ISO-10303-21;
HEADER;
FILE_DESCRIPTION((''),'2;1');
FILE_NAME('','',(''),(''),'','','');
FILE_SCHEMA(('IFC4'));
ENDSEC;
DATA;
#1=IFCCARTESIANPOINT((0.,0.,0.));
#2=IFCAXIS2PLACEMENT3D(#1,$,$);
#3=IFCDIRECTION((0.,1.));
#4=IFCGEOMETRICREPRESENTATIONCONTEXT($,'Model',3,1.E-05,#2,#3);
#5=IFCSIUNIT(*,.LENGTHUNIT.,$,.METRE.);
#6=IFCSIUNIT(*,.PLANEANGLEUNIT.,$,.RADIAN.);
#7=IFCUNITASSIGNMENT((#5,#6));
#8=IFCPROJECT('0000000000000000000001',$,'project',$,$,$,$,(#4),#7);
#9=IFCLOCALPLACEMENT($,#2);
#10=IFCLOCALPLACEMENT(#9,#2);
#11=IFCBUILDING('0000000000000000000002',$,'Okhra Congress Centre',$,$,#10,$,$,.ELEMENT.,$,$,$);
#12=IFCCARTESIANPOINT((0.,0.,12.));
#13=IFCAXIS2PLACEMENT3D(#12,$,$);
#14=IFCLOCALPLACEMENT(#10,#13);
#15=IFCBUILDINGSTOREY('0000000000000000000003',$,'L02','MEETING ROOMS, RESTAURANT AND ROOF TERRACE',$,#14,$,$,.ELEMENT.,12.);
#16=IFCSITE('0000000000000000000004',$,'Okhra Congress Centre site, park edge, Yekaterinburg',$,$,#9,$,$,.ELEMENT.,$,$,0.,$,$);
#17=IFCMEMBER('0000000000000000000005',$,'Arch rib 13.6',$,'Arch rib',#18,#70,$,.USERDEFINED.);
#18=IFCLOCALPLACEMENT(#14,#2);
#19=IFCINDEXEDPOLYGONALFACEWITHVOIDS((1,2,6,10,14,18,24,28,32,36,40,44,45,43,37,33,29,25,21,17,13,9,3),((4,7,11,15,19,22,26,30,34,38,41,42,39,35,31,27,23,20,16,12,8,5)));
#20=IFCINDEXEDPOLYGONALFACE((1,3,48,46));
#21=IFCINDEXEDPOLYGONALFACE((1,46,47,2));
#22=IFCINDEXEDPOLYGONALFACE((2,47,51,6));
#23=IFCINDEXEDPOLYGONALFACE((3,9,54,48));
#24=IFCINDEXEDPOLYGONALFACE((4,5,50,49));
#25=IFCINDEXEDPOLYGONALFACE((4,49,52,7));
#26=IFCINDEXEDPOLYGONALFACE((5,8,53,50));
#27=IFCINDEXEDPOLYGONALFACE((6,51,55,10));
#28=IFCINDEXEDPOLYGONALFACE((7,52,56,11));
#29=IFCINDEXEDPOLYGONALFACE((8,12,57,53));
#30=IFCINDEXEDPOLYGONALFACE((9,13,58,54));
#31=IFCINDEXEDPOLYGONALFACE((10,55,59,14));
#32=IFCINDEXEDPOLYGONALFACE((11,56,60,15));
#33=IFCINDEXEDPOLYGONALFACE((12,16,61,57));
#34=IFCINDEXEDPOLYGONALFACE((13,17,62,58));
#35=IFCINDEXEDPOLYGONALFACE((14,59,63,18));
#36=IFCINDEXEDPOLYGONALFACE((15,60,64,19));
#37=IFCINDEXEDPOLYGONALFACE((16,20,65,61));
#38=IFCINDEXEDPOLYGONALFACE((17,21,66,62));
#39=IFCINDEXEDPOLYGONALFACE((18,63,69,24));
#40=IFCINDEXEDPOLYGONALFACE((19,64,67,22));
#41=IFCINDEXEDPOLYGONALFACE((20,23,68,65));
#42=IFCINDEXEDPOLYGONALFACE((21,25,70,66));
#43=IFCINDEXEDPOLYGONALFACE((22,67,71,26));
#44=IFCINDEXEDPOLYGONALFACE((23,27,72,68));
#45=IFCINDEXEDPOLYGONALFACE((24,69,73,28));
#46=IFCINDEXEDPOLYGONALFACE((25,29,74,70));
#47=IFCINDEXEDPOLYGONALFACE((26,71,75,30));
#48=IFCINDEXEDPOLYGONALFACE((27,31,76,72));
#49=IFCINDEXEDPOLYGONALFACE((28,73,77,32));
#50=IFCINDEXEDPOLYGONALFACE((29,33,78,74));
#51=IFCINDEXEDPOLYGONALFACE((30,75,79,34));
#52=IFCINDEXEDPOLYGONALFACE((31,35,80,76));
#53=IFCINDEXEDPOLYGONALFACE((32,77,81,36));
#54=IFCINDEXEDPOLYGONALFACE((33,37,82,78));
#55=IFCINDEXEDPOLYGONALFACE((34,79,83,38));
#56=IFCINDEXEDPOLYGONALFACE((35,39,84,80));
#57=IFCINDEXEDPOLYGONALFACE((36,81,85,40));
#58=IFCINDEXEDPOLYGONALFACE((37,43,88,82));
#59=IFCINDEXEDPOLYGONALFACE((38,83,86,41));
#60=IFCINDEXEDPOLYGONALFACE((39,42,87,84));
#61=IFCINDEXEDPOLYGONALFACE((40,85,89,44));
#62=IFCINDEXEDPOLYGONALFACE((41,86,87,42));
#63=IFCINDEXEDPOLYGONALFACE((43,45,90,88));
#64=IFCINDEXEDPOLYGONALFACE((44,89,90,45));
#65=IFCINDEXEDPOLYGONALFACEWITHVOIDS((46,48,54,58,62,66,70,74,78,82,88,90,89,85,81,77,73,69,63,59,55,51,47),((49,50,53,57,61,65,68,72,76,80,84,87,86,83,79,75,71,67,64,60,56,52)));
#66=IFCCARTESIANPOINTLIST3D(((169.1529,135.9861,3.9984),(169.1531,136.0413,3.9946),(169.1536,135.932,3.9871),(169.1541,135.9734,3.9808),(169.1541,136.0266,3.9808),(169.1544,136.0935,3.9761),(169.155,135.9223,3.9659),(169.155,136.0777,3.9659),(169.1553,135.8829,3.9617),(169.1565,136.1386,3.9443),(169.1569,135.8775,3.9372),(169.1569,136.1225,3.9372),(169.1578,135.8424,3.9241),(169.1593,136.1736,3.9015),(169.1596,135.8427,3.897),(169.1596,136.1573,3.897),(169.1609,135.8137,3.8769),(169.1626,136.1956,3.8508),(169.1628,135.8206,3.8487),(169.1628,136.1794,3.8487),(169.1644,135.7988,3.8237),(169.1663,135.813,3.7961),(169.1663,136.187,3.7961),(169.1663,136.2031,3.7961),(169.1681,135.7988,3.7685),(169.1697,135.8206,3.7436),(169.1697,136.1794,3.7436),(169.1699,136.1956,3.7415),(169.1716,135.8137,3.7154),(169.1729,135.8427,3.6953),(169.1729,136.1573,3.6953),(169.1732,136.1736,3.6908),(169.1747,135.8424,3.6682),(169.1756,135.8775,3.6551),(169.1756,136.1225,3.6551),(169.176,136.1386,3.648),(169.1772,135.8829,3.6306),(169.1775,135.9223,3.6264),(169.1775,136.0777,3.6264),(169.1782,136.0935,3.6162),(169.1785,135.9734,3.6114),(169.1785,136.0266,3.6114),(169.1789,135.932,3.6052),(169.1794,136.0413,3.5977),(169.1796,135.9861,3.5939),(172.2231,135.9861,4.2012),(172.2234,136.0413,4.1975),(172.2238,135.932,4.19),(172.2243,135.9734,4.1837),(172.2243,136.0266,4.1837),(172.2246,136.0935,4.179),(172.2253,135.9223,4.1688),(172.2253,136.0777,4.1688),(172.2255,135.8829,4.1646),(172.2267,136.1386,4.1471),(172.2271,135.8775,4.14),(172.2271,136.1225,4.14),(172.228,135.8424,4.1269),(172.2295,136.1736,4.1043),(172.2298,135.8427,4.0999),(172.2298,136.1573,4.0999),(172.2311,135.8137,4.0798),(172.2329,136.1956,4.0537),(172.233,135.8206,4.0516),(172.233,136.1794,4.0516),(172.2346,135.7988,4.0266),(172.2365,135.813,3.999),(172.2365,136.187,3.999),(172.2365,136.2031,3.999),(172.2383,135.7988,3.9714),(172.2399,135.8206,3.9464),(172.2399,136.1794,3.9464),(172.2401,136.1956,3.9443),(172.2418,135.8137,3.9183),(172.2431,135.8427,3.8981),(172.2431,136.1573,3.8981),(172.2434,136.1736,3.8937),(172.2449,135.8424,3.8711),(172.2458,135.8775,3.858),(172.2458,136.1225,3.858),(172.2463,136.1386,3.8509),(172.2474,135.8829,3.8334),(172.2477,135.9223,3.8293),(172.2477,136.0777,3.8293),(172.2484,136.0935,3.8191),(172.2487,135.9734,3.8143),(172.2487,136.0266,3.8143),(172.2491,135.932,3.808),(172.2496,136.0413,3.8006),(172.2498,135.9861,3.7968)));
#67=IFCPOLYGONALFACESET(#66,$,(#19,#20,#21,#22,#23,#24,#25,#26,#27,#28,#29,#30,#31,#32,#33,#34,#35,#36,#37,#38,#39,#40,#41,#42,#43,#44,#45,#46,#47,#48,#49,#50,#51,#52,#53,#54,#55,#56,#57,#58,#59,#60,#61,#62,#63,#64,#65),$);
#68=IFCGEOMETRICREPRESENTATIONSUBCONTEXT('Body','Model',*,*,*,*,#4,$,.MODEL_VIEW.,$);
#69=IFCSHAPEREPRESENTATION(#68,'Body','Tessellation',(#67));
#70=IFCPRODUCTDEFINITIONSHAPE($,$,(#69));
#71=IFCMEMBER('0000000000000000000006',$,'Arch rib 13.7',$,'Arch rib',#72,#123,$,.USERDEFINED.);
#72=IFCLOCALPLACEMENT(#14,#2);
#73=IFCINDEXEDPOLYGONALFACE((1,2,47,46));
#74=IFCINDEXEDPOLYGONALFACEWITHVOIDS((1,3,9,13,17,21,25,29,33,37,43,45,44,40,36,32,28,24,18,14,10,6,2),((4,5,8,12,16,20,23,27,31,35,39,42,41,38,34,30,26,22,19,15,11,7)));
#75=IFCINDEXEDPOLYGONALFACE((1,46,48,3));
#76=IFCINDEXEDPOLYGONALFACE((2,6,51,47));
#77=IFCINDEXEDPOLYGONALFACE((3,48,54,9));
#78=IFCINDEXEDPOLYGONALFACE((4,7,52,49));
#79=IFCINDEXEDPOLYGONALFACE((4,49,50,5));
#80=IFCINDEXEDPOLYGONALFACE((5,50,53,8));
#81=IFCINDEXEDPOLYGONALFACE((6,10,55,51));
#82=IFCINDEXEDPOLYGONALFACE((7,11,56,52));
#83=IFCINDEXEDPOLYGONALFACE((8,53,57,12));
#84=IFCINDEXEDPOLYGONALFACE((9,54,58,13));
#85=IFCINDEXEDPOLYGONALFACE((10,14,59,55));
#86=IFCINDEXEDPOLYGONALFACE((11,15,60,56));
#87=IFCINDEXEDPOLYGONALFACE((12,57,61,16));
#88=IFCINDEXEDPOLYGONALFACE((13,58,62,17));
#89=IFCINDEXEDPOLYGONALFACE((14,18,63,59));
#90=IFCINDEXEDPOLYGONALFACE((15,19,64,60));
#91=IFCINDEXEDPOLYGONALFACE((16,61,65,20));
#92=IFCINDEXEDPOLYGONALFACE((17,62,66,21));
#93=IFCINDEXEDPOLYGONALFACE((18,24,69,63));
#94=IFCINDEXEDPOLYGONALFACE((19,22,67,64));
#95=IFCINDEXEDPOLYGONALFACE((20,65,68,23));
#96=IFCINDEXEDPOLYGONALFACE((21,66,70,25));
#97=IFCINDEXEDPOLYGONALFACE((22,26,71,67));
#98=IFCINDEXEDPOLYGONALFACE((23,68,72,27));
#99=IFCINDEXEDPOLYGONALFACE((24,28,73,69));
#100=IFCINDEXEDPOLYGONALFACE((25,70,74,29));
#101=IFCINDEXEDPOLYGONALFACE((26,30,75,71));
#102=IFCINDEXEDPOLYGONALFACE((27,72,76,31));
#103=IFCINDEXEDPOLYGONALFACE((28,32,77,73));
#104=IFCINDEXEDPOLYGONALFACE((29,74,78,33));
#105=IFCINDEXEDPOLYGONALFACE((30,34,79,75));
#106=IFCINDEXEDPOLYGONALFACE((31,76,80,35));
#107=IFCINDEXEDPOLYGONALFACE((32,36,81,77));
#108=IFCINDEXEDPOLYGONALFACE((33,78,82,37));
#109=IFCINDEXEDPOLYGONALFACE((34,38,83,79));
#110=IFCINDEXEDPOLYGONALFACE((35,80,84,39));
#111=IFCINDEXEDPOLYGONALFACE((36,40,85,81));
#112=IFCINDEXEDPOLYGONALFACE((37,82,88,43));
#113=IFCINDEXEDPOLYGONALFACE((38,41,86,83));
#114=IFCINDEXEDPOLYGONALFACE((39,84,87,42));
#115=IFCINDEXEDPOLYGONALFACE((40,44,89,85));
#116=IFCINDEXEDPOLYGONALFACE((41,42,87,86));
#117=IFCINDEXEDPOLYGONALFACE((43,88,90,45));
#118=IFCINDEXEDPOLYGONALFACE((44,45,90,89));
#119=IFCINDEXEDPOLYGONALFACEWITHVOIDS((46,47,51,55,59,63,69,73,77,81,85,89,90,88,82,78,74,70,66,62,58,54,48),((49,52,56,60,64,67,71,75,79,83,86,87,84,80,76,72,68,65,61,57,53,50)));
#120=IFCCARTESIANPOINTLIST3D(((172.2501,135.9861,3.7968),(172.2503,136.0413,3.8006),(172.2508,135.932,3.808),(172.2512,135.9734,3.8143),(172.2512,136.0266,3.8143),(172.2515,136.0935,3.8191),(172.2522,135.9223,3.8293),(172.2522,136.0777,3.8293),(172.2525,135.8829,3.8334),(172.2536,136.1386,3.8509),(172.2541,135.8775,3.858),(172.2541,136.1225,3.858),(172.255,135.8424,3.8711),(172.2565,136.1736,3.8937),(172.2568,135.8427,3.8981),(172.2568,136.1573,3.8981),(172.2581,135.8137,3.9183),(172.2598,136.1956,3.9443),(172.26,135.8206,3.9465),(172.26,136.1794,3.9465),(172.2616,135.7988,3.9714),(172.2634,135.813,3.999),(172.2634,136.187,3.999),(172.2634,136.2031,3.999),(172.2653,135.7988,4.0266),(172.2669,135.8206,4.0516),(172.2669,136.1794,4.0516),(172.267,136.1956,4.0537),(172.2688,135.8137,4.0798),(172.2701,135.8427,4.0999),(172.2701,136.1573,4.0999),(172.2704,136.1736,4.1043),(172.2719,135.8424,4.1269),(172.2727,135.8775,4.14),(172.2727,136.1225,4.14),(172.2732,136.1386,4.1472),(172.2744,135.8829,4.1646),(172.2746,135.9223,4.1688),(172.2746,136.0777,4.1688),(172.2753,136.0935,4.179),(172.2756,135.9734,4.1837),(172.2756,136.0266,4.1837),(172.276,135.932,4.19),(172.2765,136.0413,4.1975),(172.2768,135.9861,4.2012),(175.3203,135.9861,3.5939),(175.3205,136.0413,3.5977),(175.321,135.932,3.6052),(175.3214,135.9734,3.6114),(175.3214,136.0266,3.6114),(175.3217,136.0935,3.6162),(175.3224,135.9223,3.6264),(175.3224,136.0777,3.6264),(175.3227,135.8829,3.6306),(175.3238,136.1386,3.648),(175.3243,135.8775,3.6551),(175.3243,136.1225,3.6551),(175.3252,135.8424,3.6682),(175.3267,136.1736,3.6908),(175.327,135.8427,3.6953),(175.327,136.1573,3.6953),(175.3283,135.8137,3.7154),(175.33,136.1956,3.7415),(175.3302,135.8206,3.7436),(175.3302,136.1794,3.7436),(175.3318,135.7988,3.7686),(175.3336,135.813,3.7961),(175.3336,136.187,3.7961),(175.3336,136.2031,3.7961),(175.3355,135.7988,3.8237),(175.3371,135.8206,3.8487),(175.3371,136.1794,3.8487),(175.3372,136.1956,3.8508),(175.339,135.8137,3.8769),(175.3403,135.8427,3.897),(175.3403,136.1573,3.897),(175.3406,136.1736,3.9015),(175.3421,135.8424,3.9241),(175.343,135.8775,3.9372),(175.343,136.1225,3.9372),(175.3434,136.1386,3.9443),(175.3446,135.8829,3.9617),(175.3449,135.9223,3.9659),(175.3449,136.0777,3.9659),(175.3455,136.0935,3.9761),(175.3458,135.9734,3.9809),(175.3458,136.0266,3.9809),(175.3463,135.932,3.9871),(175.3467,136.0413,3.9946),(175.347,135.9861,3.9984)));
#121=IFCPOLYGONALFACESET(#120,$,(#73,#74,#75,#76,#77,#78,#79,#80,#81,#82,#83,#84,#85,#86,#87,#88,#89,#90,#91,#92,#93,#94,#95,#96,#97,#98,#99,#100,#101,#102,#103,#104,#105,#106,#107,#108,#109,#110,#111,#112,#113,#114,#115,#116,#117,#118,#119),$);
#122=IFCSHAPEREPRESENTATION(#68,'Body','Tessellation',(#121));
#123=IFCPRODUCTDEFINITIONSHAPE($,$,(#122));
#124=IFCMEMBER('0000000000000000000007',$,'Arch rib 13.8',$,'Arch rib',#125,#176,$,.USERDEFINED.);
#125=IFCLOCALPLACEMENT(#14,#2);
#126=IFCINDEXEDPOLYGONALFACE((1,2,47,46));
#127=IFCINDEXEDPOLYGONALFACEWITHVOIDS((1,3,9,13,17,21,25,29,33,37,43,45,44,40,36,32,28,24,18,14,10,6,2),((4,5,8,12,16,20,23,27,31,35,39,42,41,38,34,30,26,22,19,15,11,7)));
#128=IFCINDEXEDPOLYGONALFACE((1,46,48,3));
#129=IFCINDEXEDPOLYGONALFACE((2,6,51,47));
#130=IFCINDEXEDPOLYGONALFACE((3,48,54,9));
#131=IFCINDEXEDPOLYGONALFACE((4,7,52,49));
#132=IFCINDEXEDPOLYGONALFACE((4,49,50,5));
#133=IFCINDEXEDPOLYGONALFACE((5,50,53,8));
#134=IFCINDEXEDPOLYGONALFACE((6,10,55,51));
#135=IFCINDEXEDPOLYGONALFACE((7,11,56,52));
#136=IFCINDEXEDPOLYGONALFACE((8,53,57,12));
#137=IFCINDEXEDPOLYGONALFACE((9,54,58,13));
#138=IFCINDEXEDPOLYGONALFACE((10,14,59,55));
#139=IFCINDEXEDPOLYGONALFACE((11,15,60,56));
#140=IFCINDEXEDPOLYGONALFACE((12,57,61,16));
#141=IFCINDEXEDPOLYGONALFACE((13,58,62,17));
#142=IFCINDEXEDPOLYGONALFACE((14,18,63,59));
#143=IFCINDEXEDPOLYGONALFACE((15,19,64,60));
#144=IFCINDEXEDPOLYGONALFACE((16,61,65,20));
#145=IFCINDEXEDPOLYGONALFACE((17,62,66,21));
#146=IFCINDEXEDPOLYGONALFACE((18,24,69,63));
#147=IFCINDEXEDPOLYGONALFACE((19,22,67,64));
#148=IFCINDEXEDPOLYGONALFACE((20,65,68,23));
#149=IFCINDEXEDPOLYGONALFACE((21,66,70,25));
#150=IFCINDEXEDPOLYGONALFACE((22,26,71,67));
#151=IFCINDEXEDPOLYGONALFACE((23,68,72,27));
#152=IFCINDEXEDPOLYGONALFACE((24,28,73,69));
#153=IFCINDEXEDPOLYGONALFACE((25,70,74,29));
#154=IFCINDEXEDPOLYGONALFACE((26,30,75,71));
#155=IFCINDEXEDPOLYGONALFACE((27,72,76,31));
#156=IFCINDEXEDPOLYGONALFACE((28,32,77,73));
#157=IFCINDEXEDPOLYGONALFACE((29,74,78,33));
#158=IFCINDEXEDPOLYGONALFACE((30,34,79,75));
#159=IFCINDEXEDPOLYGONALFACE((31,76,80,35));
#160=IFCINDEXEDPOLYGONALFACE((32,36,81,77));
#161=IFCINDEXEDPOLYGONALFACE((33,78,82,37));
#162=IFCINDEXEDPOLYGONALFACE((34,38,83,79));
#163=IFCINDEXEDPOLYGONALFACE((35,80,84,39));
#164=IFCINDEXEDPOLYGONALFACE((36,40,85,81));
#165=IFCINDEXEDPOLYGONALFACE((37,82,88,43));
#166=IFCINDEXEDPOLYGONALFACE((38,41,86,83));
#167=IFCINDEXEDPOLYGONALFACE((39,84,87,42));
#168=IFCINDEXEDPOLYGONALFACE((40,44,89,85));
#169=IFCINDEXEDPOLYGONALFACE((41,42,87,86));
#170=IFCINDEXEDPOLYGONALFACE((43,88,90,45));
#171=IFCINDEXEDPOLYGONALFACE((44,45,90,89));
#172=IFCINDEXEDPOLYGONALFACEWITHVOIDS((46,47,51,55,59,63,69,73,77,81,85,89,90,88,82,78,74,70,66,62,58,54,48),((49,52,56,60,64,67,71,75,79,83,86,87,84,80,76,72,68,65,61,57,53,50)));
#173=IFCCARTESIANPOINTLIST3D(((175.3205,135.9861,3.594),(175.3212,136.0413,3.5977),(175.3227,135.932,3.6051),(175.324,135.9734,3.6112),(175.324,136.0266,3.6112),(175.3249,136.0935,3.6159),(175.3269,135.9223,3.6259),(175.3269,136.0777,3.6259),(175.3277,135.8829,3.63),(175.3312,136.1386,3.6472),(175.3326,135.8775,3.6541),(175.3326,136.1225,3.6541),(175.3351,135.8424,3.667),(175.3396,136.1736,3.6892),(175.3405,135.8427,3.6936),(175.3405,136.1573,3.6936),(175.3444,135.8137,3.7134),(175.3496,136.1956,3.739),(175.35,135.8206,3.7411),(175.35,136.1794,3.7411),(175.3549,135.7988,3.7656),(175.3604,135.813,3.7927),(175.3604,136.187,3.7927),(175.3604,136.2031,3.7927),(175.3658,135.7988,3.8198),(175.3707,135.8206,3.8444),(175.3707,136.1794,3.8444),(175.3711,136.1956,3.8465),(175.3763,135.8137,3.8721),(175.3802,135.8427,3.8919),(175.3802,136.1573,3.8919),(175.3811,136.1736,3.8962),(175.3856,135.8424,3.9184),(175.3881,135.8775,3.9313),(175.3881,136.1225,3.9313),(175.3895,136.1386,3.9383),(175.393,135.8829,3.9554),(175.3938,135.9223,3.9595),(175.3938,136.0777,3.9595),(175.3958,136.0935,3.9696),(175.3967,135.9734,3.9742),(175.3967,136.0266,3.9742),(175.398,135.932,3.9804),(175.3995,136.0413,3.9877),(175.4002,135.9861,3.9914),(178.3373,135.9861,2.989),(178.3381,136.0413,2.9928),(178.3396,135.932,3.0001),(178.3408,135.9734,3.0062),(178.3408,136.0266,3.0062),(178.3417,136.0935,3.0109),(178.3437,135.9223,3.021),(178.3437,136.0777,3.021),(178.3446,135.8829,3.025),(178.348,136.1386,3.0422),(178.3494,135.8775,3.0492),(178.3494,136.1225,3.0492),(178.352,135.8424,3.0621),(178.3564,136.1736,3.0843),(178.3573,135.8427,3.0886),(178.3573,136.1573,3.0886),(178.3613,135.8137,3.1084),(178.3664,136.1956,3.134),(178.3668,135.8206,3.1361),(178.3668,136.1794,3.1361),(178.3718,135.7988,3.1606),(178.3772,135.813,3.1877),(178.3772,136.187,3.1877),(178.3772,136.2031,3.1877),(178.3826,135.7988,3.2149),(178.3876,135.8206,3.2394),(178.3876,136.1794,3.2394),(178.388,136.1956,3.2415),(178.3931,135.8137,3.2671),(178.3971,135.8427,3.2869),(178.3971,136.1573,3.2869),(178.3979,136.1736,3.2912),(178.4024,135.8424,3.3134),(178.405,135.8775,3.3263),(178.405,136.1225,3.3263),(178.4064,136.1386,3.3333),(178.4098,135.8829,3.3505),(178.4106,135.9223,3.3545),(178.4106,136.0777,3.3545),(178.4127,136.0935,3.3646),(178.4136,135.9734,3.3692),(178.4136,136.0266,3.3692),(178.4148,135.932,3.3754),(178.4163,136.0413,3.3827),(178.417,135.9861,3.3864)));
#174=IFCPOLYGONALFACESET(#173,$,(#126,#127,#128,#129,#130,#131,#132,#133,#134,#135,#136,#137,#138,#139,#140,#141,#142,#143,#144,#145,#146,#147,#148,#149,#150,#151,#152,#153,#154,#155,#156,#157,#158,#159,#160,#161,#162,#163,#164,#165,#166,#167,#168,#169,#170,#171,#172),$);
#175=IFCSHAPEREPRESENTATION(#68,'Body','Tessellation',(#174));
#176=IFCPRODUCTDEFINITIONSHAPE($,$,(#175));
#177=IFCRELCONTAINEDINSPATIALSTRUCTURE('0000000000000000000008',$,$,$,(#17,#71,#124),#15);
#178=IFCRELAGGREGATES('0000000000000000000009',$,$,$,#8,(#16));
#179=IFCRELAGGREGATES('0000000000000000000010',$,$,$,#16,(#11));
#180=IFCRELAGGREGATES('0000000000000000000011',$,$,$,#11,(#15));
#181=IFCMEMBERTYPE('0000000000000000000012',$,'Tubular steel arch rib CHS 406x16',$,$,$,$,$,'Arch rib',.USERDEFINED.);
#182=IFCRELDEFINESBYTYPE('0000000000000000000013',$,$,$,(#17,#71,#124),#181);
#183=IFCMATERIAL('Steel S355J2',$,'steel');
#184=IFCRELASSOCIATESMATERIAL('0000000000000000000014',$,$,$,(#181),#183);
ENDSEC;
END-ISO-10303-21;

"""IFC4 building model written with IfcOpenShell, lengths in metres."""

from ifc_helpers import new_model, si_unit, direction, frame, origin, origin_2d, place, context, subcontext, project, spatial, hollow_circle, extrude, material, material_profile, profile_set, type_object, element, save


model = new_model("IFC4")

# Units and contexts
model_context = context("Model", 3, precision=1e-05, world=origin(), true_north=direction((0.0, 1.0)))
body_context = subcontext(model_context, "Body", "Model", "MODEL_VIEW")
ifc_project = project(units=[si_unit("LENGTHUNIT", "METRE"), si_unit("PLANEANGLEUNIT", "RADIAN")], contexts=[model_context])

# Site, building, storey
site_placement = place(None, origin())
site = spatial("IfcSite", under=ifc_project, at=site_placement, Name="Okhra Congress Centre site, park edge, Yekaterinburg", CompositionType="ELEMENT", RefElevation=0.0)
building_placement = place(site_placement, origin())
building = spatial("IfcBuilding", under=site, at=building_placement, Name="Okhra Congress Centre", CompositionType="ELEMENT")
storey_placement = place(building_placement, frame((0.0, 0.0, 12.0)))
storey = spatial("IfcBuildingStorey", under=building, at=storey_placement, Name="L02", Description="MEETING ROOMS, RESTAURANT AND ROOF TERRACE", CompositionType="ELEMENT", Elevation=12.0)

# Members
ifc_material_1 = material(Name="Steel S355J2", Category="steel")
ifc_material_profile_1 = material_profile(ifc_material_1, hollow_circle(Radius=0.2031, WallThickness=0.0161, at=origin_2d()), Name="CHS 406.4x16")
ifc_profile_set_1 = profile_set([ifc_material_profile_1], Name="Steel S355J2")
member_type_1 = type_object("IfcMemberType", Name="Tubular steel arch rib CHS 406x16", ElementType="Arch rib", PredefinedType="USERDEFINED", material=ifc_profile_set_1)
for number, where, z_axis, x_axis, name in (
    (1, (169.1663, 136.0, 3.7961), (0.997824, 0.0, 0.065934), (0.0, 1.0, 0.0), "Arch rib 13.6"),
    (2, (172.2634, 136.0, 3.999), (0.997824, 0.0, -0.065934), (0.0, 1.0, 0.0), "Arch rib 13.7"),
    (3, (175.3604, 136.0, 3.7927), (0.98048, 0.0, -0.19662), (0.0, 1.0, 0.0), "Arch rib 13.8"),
):
    element("IfcMember", number, at=place(storey_placement, frame(where, z_axis=z_axis, x_axis=x_axis)), inside=storey, type_object=member_type_1, Name=name, ObjectType="Arch rib", PredefinedType="USERDEFINED", context=body_context, shape_type="SweptSolid", body=[
        extrude(hollow_circle(Radius=0.2031, WallThickness=0.0161, at=origin_2d()), origin(), (0.0, 0.0, 1.0), 3.0769),
    ])

save(model, "model.ifc")
